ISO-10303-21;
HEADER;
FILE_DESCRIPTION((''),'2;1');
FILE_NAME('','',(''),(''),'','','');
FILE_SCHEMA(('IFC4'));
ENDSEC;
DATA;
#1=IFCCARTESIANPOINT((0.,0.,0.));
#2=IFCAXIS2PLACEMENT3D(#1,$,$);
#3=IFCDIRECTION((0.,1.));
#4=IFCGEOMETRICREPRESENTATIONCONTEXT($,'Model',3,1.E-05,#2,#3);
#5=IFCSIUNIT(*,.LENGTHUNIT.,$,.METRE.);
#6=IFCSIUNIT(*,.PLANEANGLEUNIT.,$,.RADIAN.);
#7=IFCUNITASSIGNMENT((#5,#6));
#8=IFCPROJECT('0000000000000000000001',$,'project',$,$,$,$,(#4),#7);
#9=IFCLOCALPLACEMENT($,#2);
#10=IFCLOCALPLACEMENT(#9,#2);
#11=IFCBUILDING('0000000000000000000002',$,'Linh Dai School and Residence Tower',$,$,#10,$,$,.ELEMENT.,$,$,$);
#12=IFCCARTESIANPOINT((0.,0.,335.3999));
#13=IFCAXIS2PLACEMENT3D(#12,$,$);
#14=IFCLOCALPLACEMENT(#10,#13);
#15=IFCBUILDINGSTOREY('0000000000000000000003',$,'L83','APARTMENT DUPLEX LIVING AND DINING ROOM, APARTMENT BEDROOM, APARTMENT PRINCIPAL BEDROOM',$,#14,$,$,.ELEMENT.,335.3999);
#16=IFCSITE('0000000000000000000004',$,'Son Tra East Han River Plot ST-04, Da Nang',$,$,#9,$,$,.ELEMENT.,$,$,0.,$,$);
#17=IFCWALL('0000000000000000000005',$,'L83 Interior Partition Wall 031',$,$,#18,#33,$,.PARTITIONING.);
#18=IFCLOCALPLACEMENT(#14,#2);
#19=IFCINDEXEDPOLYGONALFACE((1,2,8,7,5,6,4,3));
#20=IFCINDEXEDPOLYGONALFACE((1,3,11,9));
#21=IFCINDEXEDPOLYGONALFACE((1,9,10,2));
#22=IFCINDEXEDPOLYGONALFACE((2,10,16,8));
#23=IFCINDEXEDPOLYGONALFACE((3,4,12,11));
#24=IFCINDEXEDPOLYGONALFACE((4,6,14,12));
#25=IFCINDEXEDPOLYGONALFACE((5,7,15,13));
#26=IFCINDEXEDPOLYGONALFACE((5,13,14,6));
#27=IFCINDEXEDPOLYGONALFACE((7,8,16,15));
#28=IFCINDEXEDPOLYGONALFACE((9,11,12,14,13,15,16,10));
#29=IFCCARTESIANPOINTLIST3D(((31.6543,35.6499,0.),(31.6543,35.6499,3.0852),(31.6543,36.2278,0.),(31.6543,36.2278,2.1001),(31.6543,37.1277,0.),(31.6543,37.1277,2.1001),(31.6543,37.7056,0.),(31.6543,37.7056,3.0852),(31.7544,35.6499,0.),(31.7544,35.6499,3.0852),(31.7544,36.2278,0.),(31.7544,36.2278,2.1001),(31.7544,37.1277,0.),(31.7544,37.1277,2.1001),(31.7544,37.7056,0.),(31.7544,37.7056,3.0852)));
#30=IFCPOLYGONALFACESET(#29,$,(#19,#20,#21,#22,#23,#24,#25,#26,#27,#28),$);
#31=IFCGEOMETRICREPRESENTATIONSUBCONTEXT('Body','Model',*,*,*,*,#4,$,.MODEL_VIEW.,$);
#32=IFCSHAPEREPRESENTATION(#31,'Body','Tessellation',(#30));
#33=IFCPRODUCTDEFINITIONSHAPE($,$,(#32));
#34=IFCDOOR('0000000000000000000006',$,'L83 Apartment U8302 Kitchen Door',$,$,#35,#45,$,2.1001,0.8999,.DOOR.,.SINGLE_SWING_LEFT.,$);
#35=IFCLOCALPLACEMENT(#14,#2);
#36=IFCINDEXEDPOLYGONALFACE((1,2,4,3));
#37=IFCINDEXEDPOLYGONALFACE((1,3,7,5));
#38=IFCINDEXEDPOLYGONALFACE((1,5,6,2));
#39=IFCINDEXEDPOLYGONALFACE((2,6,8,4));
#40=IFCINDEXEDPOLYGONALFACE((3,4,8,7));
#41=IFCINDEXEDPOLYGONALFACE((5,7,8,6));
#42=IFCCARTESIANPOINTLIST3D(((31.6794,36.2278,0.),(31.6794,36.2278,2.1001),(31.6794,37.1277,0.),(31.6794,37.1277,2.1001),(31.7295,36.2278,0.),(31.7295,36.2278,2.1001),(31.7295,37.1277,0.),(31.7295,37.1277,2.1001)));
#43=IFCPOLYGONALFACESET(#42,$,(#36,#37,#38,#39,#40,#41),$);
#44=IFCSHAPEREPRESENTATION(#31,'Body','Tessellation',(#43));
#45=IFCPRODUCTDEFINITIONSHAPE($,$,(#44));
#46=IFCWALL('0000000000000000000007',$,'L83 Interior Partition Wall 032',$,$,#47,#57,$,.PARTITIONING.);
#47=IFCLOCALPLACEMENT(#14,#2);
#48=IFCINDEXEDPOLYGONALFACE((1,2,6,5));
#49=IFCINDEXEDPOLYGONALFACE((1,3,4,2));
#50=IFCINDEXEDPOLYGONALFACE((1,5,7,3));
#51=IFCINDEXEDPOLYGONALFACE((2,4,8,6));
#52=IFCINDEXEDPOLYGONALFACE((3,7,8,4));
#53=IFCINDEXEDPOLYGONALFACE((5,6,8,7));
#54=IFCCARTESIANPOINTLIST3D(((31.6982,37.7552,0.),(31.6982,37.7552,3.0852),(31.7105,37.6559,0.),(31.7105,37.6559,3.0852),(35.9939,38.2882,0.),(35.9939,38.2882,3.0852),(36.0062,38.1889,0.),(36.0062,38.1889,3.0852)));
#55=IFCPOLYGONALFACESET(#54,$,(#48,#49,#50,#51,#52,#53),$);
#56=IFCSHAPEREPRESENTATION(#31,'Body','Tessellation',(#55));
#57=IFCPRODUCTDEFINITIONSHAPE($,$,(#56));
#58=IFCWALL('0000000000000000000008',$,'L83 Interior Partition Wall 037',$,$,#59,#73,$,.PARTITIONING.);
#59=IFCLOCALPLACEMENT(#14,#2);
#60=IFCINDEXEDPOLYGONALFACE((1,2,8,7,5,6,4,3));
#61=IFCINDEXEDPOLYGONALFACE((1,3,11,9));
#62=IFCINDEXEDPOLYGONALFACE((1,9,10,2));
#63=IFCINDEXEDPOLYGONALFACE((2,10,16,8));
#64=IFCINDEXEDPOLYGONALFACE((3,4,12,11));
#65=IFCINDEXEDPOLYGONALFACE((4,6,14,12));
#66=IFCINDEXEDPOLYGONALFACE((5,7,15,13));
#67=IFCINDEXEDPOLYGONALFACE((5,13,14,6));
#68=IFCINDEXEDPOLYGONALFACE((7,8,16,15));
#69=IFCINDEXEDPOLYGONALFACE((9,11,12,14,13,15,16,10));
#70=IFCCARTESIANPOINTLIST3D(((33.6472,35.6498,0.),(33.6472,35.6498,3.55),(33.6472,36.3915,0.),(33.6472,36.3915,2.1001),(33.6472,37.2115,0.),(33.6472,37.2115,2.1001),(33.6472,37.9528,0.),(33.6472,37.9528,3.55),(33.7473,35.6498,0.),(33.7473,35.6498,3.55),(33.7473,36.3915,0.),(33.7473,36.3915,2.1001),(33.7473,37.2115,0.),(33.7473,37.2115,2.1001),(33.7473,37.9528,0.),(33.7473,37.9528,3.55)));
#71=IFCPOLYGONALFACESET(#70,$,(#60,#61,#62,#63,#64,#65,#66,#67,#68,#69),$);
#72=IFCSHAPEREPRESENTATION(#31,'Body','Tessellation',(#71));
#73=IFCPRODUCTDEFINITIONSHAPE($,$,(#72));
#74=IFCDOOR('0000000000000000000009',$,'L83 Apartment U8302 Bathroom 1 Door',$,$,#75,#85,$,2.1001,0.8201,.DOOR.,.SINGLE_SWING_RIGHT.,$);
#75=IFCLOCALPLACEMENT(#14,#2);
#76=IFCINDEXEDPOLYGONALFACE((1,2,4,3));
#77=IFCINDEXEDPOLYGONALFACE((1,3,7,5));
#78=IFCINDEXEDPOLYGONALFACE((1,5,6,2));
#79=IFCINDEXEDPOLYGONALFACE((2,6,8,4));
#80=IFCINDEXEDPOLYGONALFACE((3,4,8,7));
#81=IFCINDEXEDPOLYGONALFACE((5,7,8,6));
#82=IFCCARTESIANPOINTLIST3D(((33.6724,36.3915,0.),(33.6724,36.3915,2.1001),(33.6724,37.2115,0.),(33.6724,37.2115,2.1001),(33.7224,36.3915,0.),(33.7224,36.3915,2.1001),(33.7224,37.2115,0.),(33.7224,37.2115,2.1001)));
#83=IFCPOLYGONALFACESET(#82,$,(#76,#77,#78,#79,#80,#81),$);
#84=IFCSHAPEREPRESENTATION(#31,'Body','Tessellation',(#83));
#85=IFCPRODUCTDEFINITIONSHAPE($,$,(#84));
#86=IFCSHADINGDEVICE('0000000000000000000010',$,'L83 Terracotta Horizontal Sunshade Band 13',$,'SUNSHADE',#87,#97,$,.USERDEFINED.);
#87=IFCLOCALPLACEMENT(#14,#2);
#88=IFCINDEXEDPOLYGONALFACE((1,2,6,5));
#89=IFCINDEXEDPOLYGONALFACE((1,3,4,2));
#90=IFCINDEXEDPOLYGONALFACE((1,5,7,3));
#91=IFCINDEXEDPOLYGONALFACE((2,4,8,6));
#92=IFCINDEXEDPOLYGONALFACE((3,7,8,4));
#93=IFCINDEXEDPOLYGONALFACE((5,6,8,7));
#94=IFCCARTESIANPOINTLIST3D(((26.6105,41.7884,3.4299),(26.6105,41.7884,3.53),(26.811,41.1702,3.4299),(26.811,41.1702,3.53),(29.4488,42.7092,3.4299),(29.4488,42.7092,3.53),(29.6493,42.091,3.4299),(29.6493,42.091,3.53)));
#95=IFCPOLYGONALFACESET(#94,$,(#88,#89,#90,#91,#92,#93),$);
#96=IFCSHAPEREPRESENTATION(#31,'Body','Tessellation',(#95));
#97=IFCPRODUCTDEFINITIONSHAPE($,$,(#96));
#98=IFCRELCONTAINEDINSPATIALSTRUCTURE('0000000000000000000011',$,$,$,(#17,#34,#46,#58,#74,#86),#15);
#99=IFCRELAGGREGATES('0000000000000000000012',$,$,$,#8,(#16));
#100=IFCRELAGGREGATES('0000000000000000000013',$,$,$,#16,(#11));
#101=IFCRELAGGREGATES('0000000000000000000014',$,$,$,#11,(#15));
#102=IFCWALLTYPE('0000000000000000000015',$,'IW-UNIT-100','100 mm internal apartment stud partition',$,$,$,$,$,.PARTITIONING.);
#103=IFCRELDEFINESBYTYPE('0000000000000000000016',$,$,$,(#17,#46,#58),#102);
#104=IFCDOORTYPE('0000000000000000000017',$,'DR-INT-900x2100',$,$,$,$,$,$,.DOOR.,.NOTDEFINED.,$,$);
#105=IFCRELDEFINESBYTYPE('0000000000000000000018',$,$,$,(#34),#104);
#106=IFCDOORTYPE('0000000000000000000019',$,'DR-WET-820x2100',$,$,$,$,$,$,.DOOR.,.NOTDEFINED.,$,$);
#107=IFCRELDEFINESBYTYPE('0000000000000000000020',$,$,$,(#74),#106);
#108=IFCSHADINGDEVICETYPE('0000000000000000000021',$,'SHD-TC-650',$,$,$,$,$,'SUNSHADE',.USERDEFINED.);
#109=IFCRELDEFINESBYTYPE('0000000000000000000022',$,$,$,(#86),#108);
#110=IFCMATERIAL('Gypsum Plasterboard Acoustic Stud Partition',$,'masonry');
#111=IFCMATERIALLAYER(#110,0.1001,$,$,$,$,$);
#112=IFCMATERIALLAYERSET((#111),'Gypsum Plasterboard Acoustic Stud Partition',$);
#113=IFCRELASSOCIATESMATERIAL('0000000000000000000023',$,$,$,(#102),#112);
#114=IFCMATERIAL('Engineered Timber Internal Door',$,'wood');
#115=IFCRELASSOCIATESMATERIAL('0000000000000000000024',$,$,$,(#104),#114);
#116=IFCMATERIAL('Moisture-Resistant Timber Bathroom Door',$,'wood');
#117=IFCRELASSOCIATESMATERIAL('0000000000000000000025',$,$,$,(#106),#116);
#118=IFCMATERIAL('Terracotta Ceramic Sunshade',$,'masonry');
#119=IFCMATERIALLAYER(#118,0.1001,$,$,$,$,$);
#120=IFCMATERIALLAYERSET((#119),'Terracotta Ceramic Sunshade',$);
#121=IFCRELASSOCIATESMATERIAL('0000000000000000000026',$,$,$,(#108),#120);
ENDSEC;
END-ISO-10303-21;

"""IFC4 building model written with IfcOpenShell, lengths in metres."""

from ifc_helpers import new_model, si_unit, direction, frame, frame_2d, origin, origin_2d, place, context, subcontext, project, spatial, rectangle, extrude, source, transform, mapped, material, layer, layer_set, type_object, element, fill, save


model = new_model("IFC4")

# Units and contexts
model_context = context("Model", 3, precision=1e-05, world=origin(), true_north=direction((0.0, 1.0)))
body_context = subcontext(model_context, "Body", "Model", "MODEL_VIEW")
ifc_project = project(units=[si_unit("LENGTHUNIT", "METRE"), si_unit("PLANEANGLEUNIT", "RADIAN")], contexts=[model_context])

# Site, building, storey
site_placement = place(None, origin())
site = spatial("IfcSite", under=ifc_project, at=site_placement, Name="Son Tra East Han River Plot ST-04, Da Nang", CompositionType="ELEMENT", RefElevation=0.0)
building_placement = place(site_placement, origin())
building = spatial("IfcBuilding", under=site, at=building_placement, Name="Linh Dai School and Residence Tower", CompositionType="ELEMENT")
storey_placement = place(building_placement, frame((0.0, 0.0, 335.3999)))
storey = spatial("IfcBuildingStorey", under=building, at=storey_placement, Name="L83", Description="APARTMENT DUPLEX LIVING AND DINING ROOM, APARTMENT BEDROOM, APARTMENT PRINCIPAL BEDROOM", CompositionType="ELEMENT", Elevation=335.3999)

# Shared definitions
ifc_material_1 = material(Name="Gypsum Plasterboard Acoustic Stud Partition", Category="masonry")
ifc_layer_1 = layer(ifc_material_1, 0.1001)
ifc_layer_set_1 = layer_set([ifc_layer_1], Name="Gypsum Plasterboard Acoustic Stud Partition")
wall_type_1 = type_object("IfcWallType", Name="IW-UNIT-100", Description="100 mm internal apartment stud partition", PredefinedType="PARTITIONING", material=ifc_layer_set_1)
ifc_material_2 = material(Name="Engineered Timber Internal Door", Category="wood")
door_type_1 = type_object("IfcDoorType", Name="DR-INT-900x2100", OperationType="NOTDEFINED", PredefinedType="DOOR", material=ifc_material_2)
shared_shape_1 = source(origin(), body_context, "Body", "SweptSolid", [
    extrude(rectangle(XDim=0.8999, YDim=2.1001, at=origin_2d()), frame((0.45, 0.0249, 1.05), z_axis=(0.0, -1.0, 0.0), x_axis=(1.0, 0.0, 0.0)), (0.0, 0.0, 1.0), 0.05),
])

# Wall, opening, door
wall_1_placement = place(storey_placement, frame((31.7043, 35.6499, 0.0), z_axis=(0.0, 0.0, 1.0), x_axis=(0.0, 1.0, 0.0)))
wall_1 = element("IfcWall", 1, at=wall_1_placement, inside=storey, type_object=wall_type_1, Name="L83 Interior Partition Wall 031", PredefinedType="PARTITIONING", context=body_context, shape_type="SweptSolid", body=[
    extrude(rectangle(XDim=2.0557, YDim=0.1001, at=frame_2d((1.0278, 0.0))), origin(), (0.0, 0.0, 1.0), 3.0852),
])
opening_1_placement = place(wall_1_placement, frame((0.5779, 0.0, 0.0)))
opening_1 = element("IfcOpeningElement", 2, at=opening_1_placement, cuts=wall_1, PredefinedType="OPENING", context=body_context, shape_type="SweptSolid", body=[
    extrude(rectangle(XDim=0.8999, YDim=2.1001, at=origin_2d()), frame((0.45, 0.0601, 1.05), z_axis=(0.0, -1.0, 0.0), x_axis=(1.0, 0.0, 0.0)), (0.0, 0.0, 1.0), 0.1201),
])
door_1_placement = place(opening_1_placement, origin())
door_1 = element("IfcDoor", 3, at=door_1_placement, inside=storey, type_object=door_type_1, Name="L83 Apartment U8302 Kitchen Door", OperationType="SINGLE_SWING_LEFT", OverallHeight=2.1001, OverallWidth=0.8999, PredefinedType="DOOR", context=body_context, shape_type="MappedRepresentation", body=[
    mapped(shared_shape_1, transform((0.0, 0.0, 0.0), x_axis=(1.0, 0.0, 0.0), y_axis=(0.0, 1.0, 0.0), z_axis=(0.0, 0.0, 1.0), scale=1.0)),
])
fill(opening_1, door_1)

# Wall
wall_2_placement = place(storey_placement, frame((31.7043, 37.7056, 0.0), z_axis=(0.0, 0.0, 1.0), x_axis=(0.992391, 0.123125, 0.0)))
element("IfcWall", 4, at=wall_2_placement, inside=storey, type_object=wall_type_1, Name="L83 Interior Partition Wall 032", PredefinedType="PARTITIONING", context=body_context, shape_type="SweptSolid", body=[
    extrude(rectangle(XDim=4.3286, YDim=0.1001, at=frame_2d((2.1643, 0.0))), origin(), (0.0, 0.0, 1.0), 3.0852),
])

# Wall, opening, door
wall_3_placement = place(storey_placement, frame((33.6973, 35.6499, 0.0), z_axis=(0.0, 0.0, 1.0), x_axis=(0.0, 1.0, 0.0)))
wall_3 = element("IfcWall", 5, at=wall_3_placement, inside=storey, type_object=wall_type_1, Name="L83 Interior Partition Wall 037", PredefinedType="PARTITIONING", context=body_context, shape_type="SweptSolid", body=[
    extrude(rectangle(XDim=2.303, YDim=0.1001, at=frame_2d((1.1514, 0.0))), origin(), (0.0, 0.0, 1.0), 3.55),
])
opening_2_placement = place(wall_3_placement, frame((0.7415, 0.0, 0.0)))
opening_2 = element("IfcOpeningElement", 6, at=opening_2_placement, cuts=wall_3, PredefinedType="OPENING", context=body_context, shape_type="SweptSolid", body=[
    extrude(rectangle(XDim=0.8201, YDim=2.1001, at=origin_2d()), frame((0.4102, 0.0601, 1.05), z_axis=(0.0, -1.0, 0.0), x_axis=(1.0, 0.0, 0.0)), (0.0, 0.0, 1.0), 0.1201),
])
ifc_material_3 = material(Name="Moisture-Resistant Timber Bathroom Door", Category="wood")
door_type_2 = type_object("IfcDoorType", Name="DR-WET-820x2100", OperationType="NOTDEFINED", PredefinedType="DOOR", material=ifc_material_3)
shared_shape_2 = source(origin(), body_context, "Body", "SweptSolid", [
    extrude(rectangle(XDim=0.8201, YDim=2.1001, at=origin_2d()), frame((0.4102, 0.0249, 1.05), z_axis=(0.0, -1.0, 0.0), x_axis=(1.0, 0.0, 0.0)), (0.0, 0.0, 1.0), 0.05),
])
door_2_placement = place(opening_2_placement, origin())
door_2 = element("IfcDoor", 7, at=door_2_placement, inside=storey, type_object=door_type_2, Name="L83 Apartment U8302 Bathroom 1 Door", OperationType="SINGLE_SWING_RIGHT", OverallHeight=2.1001, OverallWidth=0.8201, PredefinedType="DOOR", context=body_context, shape_type="MappedRepresentation", body=[
    mapped(shared_shape_2, transform((0.0, 0.0, 0.0), x_axis=(1.0, 0.0, 0.0), y_axis=(0.0, 1.0, 0.0), z_axis=(0.0, 0.0, 1.0), scale=1.0)),
])
fill(opening_2, door_2)

# Shading device
ifc_material_4 = material(Name="Terracotta Ceramic Sunshade", Category="masonry")
ifc_layer_2 = layer(ifc_material_4, 0.1001)
ifc_layer_set_2 = layer_set([ifc_layer_2], Name="Terracotta Ceramic Sunshade")
shading_device_type = type_object("IfcShadingDeviceType", Name="SHD-TC-650", ElementType="SUNSHADE", PredefinedType="USERDEFINED", material=ifc_layer_set_2)
shared_shape_3 = source(origin(), body_context, "Body", "SweptSolid", [
    extrude(rectangle(XDim=2.9839, YDim=0.6499, at=origin_2d()), origin(), (0.0, 0.0, 1.0), 0.1001),
])
shading_device_placement = place(storey_placement, frame((28.1299, 41.9397, 3.4299), z_axis=(0.0, 0.0, 1.0), x_axis=(0.951203, 0.308565, 0.0)))
element("IfcShadingDevice", 8, at=shading_device_placement, inside=storey, type_object=shading_device_type, Name="L83 Terracotta Horizontal Sunshade Band 13", ObjectType="SUNSHADE", PredefinedType="USERDEFINED", context=body_context, shape_type="MappedRepresentation", body=[
    mapped(shared_shape_3, transform((0.0, 0.0, 0.0), x_axis=(1.0, 0.0, 0.0), y_axis=(0.0, 1.0, 0.0), z_axis=(0.0, 0.0, 1.0), scale=1.0)),
])

save(model, "model.ifc")
